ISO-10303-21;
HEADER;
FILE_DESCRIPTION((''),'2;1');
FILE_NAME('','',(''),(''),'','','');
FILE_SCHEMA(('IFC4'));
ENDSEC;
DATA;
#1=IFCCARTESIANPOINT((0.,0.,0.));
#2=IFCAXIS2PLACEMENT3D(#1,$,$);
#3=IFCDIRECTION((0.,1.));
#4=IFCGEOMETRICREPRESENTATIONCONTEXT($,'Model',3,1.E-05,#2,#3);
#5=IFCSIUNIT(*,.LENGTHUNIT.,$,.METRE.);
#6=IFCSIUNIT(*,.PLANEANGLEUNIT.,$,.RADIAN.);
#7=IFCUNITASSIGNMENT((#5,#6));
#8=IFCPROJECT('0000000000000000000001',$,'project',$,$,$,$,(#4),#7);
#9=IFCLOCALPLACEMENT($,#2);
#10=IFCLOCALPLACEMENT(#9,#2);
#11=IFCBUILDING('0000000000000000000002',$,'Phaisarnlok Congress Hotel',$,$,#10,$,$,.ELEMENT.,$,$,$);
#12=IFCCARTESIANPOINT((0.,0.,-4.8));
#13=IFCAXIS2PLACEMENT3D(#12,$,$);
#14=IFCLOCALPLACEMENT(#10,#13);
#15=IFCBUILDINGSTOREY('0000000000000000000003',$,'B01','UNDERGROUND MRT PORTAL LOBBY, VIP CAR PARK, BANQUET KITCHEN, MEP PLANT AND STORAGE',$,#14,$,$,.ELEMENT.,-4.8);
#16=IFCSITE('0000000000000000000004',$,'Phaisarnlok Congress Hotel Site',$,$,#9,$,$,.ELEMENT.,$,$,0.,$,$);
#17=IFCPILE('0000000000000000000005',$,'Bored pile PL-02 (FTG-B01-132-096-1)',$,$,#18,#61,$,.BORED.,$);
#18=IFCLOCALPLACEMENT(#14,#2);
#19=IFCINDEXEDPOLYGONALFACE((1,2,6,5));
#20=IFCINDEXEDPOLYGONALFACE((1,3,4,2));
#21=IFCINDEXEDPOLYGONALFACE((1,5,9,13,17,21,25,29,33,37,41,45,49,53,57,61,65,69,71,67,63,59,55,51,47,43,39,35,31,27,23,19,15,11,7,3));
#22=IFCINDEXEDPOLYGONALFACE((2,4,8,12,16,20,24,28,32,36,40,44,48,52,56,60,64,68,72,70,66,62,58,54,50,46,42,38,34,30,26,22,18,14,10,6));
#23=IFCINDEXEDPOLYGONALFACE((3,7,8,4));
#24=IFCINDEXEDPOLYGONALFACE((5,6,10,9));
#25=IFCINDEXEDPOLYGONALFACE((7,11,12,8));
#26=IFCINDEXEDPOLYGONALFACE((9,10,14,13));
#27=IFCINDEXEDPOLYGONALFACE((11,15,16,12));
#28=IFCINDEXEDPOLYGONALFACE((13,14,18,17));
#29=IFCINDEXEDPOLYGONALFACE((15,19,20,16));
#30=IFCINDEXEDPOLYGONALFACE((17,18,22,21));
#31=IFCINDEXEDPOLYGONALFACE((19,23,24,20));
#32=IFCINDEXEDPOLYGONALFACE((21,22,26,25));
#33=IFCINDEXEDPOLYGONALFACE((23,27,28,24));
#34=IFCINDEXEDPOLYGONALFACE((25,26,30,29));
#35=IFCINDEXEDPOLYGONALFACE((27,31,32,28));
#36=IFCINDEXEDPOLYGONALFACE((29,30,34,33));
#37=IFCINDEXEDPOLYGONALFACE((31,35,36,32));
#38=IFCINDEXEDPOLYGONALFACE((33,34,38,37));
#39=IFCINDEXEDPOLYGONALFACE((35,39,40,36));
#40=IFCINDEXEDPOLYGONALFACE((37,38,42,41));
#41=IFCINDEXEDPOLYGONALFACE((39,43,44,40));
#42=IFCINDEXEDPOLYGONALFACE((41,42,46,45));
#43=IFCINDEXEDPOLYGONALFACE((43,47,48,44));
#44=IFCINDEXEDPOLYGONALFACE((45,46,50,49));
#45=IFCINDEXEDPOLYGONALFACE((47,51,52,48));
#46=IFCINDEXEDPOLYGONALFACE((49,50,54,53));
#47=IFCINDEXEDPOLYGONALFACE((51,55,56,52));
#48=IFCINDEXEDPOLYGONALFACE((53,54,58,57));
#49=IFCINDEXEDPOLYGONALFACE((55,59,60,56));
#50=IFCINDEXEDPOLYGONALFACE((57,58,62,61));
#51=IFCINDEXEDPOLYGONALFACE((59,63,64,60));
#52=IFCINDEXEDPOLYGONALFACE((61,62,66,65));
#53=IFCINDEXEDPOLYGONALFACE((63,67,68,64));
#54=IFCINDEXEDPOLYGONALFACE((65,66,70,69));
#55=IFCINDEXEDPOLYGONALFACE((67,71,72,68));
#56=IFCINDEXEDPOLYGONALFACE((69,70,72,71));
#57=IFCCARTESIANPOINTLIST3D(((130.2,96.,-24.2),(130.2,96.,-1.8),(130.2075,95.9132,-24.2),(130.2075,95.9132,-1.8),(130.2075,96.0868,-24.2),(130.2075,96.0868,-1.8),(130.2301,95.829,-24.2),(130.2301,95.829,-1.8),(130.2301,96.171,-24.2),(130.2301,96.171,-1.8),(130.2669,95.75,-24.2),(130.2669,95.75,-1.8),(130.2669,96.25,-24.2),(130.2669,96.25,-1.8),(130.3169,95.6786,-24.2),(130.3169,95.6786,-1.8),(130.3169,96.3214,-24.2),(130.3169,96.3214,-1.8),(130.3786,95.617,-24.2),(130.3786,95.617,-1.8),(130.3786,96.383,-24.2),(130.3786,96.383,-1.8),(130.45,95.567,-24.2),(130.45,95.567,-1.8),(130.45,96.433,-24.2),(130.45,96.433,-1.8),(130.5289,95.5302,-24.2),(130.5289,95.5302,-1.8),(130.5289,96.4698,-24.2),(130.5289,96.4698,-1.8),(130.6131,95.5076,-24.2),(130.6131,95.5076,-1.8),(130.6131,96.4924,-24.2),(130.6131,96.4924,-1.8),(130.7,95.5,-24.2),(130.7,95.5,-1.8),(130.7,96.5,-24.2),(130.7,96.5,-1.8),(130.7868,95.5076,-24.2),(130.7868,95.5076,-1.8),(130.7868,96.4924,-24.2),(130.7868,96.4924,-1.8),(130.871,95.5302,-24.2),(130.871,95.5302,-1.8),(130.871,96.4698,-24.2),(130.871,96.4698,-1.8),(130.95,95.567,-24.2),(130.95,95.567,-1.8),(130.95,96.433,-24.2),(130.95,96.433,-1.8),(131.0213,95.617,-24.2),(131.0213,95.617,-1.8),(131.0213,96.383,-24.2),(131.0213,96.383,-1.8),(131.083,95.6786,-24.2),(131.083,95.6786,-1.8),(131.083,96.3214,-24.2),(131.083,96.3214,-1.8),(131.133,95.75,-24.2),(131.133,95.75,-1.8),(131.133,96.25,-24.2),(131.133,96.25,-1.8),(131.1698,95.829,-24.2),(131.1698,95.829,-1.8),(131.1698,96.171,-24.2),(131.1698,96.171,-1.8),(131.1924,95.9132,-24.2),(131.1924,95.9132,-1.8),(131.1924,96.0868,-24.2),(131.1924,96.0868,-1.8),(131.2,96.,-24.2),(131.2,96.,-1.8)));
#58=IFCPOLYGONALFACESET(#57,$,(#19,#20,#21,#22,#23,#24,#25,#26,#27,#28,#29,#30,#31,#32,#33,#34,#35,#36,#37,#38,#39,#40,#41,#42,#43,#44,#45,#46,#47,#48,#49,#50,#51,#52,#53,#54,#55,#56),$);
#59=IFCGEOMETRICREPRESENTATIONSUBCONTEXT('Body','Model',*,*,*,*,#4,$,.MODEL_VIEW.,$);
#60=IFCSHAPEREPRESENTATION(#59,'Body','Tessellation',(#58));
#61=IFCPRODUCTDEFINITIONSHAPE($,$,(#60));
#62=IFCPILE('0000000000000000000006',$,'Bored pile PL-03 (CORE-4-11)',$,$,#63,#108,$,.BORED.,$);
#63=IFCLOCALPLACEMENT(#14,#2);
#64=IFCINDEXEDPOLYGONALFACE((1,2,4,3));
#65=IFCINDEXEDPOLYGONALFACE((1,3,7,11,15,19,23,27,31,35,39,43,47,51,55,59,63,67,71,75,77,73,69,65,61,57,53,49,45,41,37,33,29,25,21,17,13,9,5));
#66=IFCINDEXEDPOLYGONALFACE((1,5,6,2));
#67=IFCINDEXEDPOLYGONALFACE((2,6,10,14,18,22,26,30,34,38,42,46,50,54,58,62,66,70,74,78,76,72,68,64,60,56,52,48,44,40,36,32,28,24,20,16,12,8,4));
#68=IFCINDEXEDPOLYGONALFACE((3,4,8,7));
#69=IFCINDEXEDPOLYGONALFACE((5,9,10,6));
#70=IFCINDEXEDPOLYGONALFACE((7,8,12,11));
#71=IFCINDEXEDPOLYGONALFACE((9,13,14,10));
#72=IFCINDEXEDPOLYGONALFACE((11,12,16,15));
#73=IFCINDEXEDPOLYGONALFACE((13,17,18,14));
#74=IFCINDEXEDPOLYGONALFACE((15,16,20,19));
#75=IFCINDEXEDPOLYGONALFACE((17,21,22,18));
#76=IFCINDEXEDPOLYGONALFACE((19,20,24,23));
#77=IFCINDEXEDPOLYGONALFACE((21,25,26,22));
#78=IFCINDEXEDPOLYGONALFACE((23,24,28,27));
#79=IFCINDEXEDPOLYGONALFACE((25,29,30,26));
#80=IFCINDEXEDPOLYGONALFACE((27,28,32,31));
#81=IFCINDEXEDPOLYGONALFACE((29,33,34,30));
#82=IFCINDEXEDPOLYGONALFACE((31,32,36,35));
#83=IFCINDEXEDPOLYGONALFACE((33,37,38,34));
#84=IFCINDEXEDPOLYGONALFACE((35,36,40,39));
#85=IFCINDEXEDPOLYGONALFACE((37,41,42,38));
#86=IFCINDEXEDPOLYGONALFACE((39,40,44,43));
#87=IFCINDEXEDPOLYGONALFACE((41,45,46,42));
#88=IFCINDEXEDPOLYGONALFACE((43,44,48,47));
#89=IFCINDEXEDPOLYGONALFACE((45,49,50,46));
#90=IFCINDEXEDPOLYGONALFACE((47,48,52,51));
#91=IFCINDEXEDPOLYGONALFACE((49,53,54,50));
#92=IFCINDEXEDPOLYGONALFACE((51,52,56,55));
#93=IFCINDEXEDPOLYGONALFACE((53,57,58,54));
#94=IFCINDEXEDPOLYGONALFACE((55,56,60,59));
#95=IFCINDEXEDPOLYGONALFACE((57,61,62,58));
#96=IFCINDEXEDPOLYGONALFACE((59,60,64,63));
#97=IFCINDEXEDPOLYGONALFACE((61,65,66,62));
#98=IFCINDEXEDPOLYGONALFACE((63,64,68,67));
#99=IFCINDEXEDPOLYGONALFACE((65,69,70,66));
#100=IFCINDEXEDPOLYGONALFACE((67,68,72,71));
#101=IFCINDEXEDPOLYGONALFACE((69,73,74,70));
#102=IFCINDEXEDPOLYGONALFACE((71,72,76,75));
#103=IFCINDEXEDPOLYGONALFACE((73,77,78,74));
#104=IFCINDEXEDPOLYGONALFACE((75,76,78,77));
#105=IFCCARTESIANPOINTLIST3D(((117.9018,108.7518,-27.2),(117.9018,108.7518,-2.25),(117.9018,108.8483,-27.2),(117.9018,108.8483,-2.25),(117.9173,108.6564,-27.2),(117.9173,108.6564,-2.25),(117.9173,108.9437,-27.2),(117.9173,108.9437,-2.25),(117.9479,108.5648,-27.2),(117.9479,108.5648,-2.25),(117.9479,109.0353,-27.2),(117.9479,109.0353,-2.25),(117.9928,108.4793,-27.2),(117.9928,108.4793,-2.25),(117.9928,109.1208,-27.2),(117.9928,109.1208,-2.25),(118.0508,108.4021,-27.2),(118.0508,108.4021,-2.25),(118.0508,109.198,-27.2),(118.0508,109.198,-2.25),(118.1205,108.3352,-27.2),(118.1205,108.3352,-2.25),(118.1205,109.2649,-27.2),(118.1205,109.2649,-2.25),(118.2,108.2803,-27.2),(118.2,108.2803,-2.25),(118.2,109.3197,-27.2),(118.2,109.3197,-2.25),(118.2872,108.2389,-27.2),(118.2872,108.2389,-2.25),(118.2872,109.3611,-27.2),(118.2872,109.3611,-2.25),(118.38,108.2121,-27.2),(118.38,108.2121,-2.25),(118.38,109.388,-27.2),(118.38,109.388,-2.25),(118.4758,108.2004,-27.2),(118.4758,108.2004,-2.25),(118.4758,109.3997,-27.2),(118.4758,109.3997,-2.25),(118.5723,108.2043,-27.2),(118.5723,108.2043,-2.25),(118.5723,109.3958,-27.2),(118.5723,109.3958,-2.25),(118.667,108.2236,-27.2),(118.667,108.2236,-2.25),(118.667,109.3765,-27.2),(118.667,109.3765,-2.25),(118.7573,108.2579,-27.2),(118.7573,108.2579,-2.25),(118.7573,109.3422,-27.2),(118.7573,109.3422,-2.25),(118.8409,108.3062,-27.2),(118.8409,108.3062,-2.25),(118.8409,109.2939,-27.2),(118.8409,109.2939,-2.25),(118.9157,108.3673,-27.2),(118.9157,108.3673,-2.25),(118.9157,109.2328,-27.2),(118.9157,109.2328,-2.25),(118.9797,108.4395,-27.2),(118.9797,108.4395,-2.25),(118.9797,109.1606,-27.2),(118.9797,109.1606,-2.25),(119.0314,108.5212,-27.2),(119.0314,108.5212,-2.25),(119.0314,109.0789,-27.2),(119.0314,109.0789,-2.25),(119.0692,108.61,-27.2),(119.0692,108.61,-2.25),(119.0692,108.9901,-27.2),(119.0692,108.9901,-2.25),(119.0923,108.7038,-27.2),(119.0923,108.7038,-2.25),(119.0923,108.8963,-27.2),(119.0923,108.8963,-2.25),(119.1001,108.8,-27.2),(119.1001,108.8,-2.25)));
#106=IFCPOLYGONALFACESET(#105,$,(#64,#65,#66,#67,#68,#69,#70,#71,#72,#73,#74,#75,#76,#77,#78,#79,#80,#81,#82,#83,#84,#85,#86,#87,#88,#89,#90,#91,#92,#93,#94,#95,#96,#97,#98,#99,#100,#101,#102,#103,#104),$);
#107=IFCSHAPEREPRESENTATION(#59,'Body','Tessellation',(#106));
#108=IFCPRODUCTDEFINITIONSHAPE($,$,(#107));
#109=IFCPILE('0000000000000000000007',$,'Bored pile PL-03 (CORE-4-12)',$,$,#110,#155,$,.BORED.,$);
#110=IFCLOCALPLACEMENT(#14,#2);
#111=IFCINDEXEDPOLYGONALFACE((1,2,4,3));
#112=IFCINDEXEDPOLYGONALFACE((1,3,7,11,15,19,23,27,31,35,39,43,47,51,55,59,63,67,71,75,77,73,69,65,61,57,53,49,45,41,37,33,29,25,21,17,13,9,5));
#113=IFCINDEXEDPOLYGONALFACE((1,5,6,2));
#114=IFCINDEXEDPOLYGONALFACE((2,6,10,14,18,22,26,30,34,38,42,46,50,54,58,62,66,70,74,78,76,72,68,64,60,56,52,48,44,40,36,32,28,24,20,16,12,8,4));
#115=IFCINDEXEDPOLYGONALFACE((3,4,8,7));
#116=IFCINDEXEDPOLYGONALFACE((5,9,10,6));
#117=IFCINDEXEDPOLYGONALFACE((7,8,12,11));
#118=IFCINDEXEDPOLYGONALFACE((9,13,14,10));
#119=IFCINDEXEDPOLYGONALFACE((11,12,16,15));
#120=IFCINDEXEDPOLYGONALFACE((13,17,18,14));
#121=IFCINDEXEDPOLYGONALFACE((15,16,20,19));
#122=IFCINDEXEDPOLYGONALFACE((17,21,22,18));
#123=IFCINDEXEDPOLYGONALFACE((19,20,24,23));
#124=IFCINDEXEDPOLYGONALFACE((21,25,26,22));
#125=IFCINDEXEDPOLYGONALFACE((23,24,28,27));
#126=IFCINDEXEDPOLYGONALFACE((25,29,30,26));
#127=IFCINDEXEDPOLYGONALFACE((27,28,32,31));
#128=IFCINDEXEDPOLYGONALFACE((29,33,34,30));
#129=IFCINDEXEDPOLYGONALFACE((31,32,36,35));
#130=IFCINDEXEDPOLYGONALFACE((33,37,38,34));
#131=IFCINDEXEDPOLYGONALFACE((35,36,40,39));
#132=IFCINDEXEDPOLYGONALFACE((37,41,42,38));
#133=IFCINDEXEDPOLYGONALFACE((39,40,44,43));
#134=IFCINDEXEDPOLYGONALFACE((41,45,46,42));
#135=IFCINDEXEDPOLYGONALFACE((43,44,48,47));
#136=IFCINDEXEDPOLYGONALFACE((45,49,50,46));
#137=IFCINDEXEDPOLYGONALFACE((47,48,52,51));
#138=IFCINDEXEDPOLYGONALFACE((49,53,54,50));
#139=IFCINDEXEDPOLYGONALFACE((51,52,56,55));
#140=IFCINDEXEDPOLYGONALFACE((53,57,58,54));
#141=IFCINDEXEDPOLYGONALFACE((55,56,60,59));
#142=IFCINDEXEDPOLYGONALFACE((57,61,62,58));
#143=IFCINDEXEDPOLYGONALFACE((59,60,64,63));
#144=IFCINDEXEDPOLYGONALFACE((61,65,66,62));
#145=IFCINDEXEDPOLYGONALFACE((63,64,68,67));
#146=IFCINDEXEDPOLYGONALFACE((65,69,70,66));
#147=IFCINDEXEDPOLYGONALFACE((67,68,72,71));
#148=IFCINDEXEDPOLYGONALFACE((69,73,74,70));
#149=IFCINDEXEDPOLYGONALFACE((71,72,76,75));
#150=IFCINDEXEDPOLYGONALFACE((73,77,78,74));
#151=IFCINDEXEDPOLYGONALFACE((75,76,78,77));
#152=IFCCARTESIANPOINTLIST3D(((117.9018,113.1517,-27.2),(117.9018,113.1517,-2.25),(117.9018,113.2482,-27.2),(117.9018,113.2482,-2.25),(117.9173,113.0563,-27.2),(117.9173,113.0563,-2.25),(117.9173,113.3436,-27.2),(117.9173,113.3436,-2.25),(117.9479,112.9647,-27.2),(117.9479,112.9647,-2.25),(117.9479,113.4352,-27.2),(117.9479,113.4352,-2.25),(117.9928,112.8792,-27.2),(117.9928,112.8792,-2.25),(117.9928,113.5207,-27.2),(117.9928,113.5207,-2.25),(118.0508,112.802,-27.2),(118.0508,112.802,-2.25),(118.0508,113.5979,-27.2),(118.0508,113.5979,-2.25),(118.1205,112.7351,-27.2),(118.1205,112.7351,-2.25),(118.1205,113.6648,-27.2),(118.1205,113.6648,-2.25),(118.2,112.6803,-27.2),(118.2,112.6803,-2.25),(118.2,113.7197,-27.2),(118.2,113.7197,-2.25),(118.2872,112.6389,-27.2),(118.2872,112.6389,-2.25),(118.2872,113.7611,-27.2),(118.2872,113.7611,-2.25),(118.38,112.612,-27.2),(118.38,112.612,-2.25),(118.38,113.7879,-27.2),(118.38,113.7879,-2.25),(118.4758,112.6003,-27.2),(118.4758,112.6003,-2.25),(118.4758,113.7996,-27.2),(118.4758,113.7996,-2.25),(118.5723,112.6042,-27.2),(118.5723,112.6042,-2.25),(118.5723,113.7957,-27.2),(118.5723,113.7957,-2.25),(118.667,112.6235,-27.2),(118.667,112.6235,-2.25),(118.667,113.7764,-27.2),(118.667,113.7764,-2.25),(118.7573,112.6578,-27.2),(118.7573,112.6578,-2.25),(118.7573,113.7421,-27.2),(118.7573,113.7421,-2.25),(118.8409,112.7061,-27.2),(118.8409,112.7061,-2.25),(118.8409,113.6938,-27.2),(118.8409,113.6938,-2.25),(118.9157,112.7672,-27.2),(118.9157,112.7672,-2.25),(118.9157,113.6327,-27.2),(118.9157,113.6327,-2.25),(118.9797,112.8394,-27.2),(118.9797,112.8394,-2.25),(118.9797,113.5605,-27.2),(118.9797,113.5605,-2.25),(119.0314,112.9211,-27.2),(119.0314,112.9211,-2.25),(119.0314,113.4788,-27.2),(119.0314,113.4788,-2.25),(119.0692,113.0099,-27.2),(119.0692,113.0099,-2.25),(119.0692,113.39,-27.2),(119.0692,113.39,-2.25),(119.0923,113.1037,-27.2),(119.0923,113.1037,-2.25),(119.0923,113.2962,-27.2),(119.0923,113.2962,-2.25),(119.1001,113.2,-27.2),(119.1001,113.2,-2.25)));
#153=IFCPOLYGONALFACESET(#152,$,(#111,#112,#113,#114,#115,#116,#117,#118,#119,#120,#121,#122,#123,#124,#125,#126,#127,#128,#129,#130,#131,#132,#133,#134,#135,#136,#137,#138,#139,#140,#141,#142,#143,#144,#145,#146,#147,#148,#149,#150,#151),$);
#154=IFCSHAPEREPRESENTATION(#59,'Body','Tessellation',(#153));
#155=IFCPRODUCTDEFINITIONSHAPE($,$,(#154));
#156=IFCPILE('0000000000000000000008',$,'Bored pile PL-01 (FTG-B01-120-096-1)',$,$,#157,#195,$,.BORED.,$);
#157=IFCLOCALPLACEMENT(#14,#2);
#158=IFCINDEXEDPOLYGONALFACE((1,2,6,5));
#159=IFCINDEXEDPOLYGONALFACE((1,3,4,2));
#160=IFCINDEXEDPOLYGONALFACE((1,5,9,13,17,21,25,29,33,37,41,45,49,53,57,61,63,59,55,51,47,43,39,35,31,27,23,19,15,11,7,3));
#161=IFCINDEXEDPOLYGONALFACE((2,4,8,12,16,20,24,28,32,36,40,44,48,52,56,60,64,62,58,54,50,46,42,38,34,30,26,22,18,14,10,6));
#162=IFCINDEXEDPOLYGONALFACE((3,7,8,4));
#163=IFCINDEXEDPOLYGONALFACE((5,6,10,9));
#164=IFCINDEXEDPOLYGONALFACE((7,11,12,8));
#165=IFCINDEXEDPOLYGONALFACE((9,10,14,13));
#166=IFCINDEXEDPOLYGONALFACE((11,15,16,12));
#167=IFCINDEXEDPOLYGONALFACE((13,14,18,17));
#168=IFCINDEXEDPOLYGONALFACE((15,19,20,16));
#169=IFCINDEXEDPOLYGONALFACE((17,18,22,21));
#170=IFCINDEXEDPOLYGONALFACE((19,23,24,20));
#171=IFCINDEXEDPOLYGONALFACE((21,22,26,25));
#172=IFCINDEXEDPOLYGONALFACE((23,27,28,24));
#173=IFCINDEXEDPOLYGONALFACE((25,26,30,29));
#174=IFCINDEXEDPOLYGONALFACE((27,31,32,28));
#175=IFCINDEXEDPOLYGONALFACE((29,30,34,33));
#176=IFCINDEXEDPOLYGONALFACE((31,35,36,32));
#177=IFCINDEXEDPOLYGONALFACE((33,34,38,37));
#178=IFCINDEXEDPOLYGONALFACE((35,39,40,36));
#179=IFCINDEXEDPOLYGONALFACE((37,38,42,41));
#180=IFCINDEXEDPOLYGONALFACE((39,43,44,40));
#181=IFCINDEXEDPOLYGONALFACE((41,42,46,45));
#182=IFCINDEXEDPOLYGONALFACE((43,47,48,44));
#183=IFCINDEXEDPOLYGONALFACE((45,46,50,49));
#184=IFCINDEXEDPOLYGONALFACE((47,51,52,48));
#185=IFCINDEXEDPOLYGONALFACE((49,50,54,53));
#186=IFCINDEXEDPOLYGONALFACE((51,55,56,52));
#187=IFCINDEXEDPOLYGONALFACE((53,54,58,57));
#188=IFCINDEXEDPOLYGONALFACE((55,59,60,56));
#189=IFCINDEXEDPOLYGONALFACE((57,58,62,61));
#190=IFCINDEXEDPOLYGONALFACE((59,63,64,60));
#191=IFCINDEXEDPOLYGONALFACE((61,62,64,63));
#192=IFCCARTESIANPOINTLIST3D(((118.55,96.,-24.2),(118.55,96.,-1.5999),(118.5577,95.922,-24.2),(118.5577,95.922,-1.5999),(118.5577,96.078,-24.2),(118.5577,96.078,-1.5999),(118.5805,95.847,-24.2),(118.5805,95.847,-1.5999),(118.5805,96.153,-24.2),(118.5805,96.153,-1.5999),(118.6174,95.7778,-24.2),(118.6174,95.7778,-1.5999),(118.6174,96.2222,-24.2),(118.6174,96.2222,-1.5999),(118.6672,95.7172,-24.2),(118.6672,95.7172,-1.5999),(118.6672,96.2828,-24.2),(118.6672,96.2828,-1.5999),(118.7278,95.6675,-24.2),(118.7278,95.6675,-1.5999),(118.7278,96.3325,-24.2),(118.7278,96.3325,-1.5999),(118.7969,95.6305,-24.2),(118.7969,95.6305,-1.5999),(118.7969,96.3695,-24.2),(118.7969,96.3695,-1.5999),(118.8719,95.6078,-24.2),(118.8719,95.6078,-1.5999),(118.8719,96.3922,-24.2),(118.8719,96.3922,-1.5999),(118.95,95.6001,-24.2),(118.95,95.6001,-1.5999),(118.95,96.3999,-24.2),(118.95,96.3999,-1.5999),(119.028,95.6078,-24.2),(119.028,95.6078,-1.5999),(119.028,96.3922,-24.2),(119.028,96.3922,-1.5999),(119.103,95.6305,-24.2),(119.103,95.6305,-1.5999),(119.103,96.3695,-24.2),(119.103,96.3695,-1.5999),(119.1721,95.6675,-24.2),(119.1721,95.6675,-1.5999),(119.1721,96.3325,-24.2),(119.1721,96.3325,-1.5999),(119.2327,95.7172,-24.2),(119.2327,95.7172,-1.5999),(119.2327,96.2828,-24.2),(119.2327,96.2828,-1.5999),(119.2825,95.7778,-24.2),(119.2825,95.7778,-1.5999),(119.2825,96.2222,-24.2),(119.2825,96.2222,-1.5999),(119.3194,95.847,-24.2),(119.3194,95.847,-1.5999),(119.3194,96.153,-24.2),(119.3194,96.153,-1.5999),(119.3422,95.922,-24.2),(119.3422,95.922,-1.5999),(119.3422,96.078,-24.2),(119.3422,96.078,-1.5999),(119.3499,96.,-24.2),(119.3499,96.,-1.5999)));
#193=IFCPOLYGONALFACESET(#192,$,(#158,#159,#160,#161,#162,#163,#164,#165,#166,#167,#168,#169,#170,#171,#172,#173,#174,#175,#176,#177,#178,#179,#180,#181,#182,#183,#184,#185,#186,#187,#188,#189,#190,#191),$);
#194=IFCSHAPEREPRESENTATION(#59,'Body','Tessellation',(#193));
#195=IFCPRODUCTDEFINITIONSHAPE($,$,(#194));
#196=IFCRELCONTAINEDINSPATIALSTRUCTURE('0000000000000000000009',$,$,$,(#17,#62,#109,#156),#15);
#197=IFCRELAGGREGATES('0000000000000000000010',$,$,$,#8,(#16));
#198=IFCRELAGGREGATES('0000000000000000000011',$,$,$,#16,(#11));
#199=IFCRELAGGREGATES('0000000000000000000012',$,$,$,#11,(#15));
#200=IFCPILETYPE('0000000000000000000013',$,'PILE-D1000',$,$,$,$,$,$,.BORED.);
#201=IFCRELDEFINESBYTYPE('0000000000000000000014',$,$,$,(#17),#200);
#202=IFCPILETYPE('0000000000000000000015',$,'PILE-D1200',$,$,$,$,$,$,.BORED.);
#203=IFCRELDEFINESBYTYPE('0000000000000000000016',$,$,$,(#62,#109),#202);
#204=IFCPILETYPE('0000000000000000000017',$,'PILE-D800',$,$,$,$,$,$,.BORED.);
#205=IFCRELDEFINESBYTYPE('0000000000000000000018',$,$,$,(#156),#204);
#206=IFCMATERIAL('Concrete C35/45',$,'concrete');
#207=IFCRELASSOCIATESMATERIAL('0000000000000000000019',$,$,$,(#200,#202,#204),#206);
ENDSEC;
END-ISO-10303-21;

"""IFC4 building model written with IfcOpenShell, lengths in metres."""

from ifc_helpers import new_model, si_unit, direction, frame, origin, origin_2d, place, context, subcontext, project, spatial, circle, extrude, material, material_profile, profile_set, type_object, element, save


model = new_model("IFC4")

# Units and contexts
model_context = context("Model", 3, precision=1e-05, world=origin(), true_north=direction((0.0, 1.0)))
body_context = subcontext(model_context, "Body", "Model", "MODEL_VIEW")
ifc_project = project(units=[si_unit("LENGTHUNIT", "METRE"), si_unit("PLANEANGLEUNIT", "RADIAN")], contexts=[model_context])

# Site, building, storey
site_placement = place(None, origin())
site = spatial("IfcSite", under=ifc_project, at=site_placement, Name="Phaisarnlok Congress Hotel Site", CompositionType="ELEMENT", RefElevation=0.0)
building_placement = place(site_placement, origin())
building = spatial("IfcBuilding", under=site, at=building_placement, Name="Phaisarnlok Congress Hotel", CompositionType="ELEMENT")
storey_placement = place(building_placement, frame((0.0, 0.0, -4.8)))
storey = spatial("IfcBuildingStorey", under=building, at=storey_placement, Name="B01", Description="UNDERGROUND MRT PORTAL LOBBY, VIP CAR PARK, BANQUET KITCHEN, MEP PLANT AND STORAGE", CompositionType="ELEMENT", Elevation=-4.8)

# Piles
ifc_material_1 = material(Name="Concrete C35/45", Category="concrete")
ifc_material_profile_1 = material_profile(ifc_material_1, circle(Radius=0.5, at=origin_2d()), Name="BORED PILE D1000")
ifc_profile_set_1 = profile_set([ifc_material_profile_1], Name="Concrete C35/45")
pile_type_1 = type_object("IfcPileType", Name="PILE-D1000", PredefinedType="BORED", material=ifc_profile_set_1)
pile_placement = place(storey_placement, frame((130.7, 96.0, -1.8), z_axis=(0.0, 0.0, -1.0), x_axis=(1.0, 0.0, 0.0)))
element("IfcPile", 1, at=pile_placement, inside=storey, type_object=pile_type_1, Name="Bored pile PL-02 (FTG-B01-132-096-1)", PredefinedType="BORED", context=body_context, shape_type="SweptSolid", body=[
    extrude(circle(Radius=0.5, at=origin_2d()), origin(), (0.0, 0.0, 1.0), 22.3999),
])
ifc_material_profile_2 = material_profile(ifc_material_1, circle(Radius=0.6001, at=origin_2d()), Name="BORED PILE D1200")
ifc_profile_set_2 = profile_set([ifc_material_profile_2], Name="Concrete C35/45")
pile_type_2 = type_object("IfcPileType", Name="PILE-D1200", PredefinedType="BORED", material=ifc_profile_set_2)
for number, where, z_axis, x_axis, name in (
    (2, (118.5, 108.8, -2.25), (0.0, 0.0, -1.0), (1.0, 0.0, 0.0), "Bored pile PL-03 (CORE-4-11)"),
    (3, (118.5, 113.2, -2.25), (0.0, 0.0, -1.0), (1.0, 0.0, 0.0), "Bored pile PL-03 (CORE-4-12)"),
):
    element("IfcPile", number, at=place(storey_placement, frame(where, z_axis=z_axis, x_axis=x_axis)), inside=storey, type_object=pile_type_2, Name=name, PredefinedType="BORED", context=body_context, shape_type="SweptSolid", body=[
        extrude(circle(Radius=0.6001, at=origin_2d()), origin(), (0.0, 0.0, 1.0), 24.95),
    ])
ifc_material_profile_3 = material_profile(ifc_material_1, circle(Radius=0.3999, at=origin_2d()), Name="BORED PILE D800")
ifc_profile_set_3 = profile_set([ifc_material_profile_3], Name="Concrete C35/45")
pile_type_3 = type_object("IfcPileType", Name="PILE-D800", PredefinedType="BORED", material=ifc_profile_set_3)
for number, where, z_axis, x_axis, name in (
    (4, (118.95, 96.0, -1.5999), (0.0, 0.0, -1.0), (1.0, 0.0, 0.0), "Bored pile PL-01 (FTG-B01-120-096-1)"),
):
    element("IfcPile", number, at=place(storey_placement, frame(where, z_axis=z_axis, x_axis=x_axis)), inside=storey, type_object=pile_type_3, Name=name, PredefinedType="BORED", context=body_context, shape_type="SweptSolid", body=[
        extrude(circle(Radius=0.3999, at=origin_2d()), origin(), (0.0, 0.0, 1.0), 22.6001),
    ])

save(model, "model.ifc")
